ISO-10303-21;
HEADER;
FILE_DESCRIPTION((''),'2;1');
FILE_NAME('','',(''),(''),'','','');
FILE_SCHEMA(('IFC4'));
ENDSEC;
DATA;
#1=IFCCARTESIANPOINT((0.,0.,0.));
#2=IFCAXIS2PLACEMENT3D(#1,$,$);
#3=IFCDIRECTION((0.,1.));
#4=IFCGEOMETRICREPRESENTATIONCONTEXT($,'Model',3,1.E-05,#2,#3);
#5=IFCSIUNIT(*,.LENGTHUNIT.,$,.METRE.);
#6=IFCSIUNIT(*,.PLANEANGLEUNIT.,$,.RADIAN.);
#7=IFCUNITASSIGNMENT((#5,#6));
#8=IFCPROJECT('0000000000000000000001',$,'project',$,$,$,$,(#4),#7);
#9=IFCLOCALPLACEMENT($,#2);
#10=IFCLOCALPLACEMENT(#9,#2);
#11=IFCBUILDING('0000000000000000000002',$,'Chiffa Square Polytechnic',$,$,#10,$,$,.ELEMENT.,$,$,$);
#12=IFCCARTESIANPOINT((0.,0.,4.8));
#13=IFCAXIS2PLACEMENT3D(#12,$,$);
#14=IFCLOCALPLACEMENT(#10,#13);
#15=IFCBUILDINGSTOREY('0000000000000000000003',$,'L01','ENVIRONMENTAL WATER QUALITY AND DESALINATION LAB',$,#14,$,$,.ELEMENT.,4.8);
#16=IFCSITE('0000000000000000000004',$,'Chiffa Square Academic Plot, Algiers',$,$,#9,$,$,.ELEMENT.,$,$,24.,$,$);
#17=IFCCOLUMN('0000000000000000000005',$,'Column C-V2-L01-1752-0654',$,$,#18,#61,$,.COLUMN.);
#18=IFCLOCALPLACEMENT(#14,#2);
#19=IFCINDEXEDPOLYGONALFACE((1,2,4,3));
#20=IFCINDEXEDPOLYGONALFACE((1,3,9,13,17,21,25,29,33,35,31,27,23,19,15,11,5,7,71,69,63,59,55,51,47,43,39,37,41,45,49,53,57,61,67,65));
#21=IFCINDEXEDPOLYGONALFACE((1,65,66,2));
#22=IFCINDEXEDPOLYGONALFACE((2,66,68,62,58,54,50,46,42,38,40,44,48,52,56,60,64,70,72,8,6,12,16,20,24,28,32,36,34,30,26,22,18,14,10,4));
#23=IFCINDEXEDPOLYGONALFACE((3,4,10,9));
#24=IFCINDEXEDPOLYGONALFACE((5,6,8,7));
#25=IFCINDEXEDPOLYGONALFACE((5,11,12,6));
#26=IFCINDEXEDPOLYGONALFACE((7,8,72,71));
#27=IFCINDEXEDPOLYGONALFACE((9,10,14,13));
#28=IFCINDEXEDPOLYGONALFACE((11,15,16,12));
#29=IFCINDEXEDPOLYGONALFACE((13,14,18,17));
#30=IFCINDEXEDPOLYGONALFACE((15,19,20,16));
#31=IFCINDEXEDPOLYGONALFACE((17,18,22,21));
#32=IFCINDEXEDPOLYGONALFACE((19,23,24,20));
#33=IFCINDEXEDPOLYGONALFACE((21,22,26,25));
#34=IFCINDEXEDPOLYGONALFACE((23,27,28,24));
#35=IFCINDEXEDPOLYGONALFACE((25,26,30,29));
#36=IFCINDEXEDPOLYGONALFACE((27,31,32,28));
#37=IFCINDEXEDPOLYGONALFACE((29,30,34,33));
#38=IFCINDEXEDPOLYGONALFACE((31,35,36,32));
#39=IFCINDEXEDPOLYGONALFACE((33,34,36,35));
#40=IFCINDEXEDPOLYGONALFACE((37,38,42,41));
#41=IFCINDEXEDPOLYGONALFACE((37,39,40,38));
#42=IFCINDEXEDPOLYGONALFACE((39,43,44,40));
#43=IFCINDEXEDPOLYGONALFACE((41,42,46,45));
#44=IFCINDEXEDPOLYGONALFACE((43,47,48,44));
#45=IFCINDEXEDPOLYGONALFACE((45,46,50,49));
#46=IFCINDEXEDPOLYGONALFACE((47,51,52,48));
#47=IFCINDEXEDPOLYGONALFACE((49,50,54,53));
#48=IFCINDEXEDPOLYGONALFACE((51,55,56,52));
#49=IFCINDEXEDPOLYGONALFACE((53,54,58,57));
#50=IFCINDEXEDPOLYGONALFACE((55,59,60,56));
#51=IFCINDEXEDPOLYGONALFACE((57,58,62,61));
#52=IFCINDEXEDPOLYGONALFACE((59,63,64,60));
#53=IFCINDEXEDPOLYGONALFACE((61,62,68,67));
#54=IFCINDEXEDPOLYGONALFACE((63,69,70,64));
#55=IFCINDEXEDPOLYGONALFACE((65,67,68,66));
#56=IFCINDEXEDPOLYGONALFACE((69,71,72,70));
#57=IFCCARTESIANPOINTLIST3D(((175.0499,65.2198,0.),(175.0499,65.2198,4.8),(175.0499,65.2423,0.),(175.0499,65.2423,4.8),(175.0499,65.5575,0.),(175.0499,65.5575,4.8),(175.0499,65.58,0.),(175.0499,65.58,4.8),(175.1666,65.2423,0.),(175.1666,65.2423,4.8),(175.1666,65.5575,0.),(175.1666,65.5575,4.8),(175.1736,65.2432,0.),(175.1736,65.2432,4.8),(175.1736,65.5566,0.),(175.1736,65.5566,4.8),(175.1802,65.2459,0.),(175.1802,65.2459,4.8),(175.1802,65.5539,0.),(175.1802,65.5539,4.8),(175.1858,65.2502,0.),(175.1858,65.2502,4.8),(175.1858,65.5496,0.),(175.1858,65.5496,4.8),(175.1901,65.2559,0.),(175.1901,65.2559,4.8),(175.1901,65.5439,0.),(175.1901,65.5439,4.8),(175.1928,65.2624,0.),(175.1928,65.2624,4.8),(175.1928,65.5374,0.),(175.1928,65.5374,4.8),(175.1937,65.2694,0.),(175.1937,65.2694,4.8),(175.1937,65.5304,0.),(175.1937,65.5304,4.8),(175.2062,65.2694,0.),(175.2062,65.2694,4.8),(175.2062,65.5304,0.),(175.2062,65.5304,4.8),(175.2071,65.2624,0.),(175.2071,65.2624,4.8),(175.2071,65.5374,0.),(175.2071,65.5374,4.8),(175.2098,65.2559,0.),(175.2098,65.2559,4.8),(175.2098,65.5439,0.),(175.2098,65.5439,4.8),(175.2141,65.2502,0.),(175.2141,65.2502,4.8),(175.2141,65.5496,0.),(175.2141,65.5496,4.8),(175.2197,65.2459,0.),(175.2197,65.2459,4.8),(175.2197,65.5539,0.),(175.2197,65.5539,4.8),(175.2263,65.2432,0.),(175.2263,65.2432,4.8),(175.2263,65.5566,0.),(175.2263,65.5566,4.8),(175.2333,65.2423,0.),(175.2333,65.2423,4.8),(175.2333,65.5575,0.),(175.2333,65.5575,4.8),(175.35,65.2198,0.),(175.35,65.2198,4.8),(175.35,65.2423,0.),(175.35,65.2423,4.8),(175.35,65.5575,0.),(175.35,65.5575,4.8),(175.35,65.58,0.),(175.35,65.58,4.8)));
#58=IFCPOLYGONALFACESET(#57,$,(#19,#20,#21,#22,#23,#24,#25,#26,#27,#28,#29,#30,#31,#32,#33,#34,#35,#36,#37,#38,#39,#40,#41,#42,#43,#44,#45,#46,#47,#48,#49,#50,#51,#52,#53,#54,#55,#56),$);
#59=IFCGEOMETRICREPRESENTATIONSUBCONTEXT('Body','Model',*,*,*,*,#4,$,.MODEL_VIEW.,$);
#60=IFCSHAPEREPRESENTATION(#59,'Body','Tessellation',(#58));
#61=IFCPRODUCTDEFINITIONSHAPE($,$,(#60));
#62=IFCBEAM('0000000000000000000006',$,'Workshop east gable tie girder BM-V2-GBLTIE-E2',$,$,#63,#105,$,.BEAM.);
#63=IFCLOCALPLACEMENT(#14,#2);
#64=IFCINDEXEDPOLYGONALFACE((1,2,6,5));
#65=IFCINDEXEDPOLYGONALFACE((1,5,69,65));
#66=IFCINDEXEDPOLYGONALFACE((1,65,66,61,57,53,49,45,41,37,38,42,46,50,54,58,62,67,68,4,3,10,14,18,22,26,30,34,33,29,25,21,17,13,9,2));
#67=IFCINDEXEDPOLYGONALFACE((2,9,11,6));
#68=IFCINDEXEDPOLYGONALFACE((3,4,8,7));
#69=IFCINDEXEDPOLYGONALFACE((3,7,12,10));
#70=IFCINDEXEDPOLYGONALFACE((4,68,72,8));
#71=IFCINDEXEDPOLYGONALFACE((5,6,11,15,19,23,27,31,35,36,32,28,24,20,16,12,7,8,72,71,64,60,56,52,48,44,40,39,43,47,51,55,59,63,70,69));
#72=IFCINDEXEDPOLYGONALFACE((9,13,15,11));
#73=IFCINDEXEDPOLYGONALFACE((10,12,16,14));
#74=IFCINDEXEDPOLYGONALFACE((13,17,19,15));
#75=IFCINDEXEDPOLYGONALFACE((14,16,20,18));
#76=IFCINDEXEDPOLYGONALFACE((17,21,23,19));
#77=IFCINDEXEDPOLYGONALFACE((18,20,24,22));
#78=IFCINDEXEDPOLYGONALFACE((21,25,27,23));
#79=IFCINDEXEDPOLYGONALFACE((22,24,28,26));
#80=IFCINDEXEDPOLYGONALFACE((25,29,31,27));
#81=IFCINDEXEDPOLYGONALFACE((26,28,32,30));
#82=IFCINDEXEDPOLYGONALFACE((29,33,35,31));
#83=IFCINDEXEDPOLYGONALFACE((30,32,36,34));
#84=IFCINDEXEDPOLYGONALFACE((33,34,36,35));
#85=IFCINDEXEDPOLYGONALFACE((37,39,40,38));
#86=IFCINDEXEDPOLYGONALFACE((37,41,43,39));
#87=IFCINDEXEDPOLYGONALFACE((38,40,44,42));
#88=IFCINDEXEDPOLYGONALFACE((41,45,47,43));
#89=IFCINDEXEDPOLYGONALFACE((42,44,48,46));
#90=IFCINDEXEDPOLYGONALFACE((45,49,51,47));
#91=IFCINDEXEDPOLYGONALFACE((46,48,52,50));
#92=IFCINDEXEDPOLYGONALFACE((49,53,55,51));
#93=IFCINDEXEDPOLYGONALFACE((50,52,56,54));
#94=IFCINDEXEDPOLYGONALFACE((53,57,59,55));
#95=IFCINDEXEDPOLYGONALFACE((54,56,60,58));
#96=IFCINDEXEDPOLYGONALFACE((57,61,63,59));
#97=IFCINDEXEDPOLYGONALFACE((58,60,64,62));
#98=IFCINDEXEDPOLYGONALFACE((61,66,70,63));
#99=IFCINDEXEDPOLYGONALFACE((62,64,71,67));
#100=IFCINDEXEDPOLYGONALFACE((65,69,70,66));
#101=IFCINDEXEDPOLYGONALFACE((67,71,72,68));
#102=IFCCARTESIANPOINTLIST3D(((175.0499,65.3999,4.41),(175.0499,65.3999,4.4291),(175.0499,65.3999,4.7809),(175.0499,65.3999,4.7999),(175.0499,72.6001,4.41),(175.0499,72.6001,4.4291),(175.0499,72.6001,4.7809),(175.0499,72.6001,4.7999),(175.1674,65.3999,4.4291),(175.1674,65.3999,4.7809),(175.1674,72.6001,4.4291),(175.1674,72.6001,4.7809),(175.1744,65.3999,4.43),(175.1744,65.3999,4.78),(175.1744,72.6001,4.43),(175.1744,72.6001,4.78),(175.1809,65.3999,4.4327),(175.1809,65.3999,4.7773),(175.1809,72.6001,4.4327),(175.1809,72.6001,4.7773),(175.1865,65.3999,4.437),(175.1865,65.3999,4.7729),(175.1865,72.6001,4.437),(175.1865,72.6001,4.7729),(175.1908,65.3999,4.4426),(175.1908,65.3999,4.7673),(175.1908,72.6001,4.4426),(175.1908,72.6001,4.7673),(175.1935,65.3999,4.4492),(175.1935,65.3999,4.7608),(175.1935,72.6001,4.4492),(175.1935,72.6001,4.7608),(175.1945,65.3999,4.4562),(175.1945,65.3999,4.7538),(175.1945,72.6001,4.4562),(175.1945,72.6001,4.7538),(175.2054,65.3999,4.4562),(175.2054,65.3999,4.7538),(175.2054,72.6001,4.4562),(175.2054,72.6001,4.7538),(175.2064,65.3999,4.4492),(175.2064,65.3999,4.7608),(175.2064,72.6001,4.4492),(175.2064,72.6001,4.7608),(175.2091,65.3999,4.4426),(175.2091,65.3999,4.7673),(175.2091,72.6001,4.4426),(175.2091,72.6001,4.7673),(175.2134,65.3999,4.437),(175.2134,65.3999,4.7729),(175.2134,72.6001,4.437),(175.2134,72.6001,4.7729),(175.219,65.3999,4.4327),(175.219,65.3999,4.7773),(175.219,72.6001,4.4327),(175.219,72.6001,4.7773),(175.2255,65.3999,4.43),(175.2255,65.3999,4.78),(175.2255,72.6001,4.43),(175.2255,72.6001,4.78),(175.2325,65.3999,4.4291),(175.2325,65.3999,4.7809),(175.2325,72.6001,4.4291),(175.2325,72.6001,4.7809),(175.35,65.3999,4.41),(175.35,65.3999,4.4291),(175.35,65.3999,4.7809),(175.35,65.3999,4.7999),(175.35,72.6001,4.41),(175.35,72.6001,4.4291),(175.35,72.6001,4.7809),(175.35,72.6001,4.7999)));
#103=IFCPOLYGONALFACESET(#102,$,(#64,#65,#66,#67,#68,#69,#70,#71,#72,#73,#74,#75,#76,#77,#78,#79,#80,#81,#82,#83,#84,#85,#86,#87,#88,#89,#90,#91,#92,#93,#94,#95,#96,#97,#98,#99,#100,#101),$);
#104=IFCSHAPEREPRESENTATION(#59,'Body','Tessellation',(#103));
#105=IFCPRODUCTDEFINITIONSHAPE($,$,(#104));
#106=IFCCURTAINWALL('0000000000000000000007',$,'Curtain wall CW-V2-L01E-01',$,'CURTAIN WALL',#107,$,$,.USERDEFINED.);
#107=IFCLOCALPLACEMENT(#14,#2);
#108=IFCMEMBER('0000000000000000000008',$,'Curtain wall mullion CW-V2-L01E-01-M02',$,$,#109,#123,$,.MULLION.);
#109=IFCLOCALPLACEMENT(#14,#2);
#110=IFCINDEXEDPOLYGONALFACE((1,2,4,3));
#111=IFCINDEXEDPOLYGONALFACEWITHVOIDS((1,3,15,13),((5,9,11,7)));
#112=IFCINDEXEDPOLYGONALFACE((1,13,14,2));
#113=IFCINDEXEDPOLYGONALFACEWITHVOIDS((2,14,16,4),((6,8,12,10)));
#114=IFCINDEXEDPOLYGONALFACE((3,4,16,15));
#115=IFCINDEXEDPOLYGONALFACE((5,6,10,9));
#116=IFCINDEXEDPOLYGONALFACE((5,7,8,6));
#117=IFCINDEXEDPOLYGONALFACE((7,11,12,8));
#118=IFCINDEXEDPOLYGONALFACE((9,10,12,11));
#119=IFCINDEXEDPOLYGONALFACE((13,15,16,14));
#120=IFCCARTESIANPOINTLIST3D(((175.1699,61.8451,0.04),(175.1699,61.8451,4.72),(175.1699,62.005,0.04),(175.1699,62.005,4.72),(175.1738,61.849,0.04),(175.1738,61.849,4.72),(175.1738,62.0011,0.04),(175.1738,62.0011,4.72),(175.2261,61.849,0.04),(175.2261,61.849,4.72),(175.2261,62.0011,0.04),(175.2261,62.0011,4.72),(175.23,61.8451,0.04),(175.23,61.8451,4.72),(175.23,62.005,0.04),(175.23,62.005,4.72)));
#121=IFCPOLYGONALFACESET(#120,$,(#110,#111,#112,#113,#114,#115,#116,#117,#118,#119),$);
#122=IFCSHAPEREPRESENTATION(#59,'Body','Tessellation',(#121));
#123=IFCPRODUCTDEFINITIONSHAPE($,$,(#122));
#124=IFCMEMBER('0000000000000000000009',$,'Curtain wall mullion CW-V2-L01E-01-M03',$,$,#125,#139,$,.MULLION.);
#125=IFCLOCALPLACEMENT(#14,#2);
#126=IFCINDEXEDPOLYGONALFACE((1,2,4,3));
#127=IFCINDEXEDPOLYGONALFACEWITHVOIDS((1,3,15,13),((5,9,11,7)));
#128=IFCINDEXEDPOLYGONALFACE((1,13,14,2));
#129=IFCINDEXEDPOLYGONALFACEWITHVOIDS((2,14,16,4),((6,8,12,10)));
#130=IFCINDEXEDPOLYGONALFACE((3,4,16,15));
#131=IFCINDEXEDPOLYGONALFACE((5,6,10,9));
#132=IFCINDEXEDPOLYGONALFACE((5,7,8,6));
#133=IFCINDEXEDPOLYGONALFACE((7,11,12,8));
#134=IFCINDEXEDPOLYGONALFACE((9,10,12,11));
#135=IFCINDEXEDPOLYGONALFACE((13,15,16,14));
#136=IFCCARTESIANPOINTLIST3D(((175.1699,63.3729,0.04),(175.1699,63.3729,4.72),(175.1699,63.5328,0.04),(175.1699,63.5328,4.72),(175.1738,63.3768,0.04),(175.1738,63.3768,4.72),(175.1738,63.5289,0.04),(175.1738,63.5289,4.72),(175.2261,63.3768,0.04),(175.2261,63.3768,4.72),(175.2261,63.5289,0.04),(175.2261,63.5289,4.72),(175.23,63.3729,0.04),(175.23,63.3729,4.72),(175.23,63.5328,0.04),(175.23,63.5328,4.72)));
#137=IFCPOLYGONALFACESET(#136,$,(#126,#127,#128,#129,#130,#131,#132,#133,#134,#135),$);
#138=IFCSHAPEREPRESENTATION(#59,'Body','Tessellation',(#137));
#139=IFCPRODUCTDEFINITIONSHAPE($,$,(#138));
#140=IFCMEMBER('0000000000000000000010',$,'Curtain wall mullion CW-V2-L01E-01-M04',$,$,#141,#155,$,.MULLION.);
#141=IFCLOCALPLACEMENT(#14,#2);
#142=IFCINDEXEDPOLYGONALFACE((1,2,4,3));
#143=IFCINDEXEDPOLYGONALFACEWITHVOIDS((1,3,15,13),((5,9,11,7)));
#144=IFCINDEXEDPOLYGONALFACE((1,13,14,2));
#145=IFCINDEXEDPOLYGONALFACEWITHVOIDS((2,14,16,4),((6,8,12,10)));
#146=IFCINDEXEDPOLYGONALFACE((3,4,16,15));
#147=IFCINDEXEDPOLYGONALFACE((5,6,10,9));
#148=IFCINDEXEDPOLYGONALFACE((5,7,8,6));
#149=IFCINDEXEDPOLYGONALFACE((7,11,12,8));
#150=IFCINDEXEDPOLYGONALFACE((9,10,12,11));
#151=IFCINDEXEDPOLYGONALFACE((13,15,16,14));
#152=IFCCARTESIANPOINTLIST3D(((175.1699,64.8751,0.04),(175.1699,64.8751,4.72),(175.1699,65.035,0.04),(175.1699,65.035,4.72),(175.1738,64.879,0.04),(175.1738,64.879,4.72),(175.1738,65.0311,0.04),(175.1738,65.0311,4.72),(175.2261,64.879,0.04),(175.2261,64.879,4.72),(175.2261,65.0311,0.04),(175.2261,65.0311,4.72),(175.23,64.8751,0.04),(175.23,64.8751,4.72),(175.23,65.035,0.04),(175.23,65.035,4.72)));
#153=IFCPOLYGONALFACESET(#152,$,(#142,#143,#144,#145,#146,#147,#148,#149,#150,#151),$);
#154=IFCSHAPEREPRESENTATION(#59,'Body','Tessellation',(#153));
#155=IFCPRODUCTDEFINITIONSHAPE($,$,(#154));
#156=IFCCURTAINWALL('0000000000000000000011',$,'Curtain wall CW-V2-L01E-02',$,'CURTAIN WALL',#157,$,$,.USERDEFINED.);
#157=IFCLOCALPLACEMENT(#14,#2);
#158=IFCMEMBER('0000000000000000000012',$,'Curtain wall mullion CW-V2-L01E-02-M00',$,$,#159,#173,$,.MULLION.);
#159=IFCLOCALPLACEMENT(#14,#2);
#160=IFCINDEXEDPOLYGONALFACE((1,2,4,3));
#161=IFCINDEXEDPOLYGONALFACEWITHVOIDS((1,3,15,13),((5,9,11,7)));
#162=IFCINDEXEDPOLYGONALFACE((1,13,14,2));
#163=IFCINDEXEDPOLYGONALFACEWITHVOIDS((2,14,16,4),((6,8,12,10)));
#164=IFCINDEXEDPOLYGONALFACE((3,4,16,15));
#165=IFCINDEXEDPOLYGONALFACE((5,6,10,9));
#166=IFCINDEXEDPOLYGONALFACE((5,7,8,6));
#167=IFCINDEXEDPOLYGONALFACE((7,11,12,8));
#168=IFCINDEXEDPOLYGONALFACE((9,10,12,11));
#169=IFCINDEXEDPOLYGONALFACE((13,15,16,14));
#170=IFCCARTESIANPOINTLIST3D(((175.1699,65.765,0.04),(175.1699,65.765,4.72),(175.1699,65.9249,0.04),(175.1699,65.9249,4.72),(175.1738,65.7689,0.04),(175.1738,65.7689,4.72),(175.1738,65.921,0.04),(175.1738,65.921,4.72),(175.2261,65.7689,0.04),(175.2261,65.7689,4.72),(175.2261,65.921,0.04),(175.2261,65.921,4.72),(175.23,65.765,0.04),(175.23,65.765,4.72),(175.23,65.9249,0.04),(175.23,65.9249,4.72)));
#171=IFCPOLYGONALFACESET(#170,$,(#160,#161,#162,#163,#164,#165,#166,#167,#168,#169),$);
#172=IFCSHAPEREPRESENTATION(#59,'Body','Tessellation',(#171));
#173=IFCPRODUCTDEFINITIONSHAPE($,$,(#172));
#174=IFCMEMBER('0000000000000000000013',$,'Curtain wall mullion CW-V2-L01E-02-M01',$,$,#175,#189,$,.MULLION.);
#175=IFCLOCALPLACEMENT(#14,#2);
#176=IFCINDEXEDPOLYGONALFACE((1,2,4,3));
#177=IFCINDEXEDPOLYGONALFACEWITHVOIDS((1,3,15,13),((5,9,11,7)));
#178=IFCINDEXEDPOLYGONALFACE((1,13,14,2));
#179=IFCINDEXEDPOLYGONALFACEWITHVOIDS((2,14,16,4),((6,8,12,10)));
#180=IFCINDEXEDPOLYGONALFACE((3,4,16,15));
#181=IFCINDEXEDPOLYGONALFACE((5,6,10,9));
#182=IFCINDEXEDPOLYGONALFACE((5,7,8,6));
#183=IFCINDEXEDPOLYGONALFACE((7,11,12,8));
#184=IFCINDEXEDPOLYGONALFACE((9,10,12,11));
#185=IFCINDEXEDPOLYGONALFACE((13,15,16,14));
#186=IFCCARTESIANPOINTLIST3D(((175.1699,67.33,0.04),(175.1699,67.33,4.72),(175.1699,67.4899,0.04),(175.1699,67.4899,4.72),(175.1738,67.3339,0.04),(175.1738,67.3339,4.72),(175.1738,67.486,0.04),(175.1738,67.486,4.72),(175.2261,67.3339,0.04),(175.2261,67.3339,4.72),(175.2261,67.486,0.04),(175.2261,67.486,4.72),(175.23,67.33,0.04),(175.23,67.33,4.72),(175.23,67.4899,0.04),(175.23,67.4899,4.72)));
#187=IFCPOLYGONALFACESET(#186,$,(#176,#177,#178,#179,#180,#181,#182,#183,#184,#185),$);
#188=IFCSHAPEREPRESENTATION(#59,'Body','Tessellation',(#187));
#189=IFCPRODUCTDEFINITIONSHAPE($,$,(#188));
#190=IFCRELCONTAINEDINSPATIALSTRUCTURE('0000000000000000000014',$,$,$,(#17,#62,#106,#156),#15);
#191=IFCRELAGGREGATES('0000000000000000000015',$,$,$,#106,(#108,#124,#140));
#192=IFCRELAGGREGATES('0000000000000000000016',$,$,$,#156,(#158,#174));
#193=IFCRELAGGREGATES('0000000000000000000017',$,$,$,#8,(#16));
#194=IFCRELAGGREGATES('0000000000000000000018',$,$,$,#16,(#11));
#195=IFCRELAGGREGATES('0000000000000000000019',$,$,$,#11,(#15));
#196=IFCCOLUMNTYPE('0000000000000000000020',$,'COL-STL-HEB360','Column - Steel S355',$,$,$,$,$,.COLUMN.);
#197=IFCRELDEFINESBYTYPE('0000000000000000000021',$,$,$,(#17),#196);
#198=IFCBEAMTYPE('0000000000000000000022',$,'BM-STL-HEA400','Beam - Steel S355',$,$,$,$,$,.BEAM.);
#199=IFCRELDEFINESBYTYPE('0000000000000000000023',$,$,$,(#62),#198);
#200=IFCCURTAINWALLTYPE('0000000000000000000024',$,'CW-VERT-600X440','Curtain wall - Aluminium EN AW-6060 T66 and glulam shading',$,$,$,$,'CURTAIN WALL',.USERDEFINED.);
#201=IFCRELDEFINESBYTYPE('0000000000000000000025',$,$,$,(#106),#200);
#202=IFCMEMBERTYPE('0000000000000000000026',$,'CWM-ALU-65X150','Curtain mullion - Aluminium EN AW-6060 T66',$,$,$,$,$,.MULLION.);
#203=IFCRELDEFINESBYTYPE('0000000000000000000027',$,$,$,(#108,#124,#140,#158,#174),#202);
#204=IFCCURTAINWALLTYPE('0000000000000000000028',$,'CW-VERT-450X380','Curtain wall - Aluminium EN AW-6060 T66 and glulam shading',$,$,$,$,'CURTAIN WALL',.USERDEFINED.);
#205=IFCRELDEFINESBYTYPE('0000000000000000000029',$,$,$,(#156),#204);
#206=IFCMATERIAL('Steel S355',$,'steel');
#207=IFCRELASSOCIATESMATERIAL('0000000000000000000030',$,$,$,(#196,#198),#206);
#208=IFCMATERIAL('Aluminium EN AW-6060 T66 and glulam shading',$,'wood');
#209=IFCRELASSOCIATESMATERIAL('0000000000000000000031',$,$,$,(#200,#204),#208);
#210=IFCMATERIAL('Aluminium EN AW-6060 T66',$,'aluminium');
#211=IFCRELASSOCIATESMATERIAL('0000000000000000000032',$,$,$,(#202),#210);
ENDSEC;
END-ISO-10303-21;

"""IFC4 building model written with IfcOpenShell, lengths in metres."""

from ifc_helpers import new_model, si_unit, direction, frame, origin, origin_2d, place, context, subcontext, project, spatial, hollow_rectangle, i_section, extrude, material, material_profile, profile_set, type_object, element, aggregate, save


model = new_model("IFC4")

# Units and contexts
model_context = context("Model", 3, precision=1e-05, world=origin(), true_north=direction((0.0, 1.0)))
body_context = subcontext(model_context, "Body", "Model", "MODEL_VIEW")
ifc_project = project(units=[si_unit("LENGTHUNIT", "METRE"), si_unit("PLANEANGLEUNIT", "RADIAN")], contexts=[model_context])

# Site, building, storey
site_placement = place(None, origin())
site = spatial("IfcSite", under=ifc_project, at=site_placement, Name="Chiffa Square Academic Plot, Algiers", CompositionType="ELEMENT", RefElevation=24.0)
building_placement = place(site_placement, origin())
building = spatial("IfcBuilding", under=site, at=building_placement, Name="Chiffa Square Polytechnic", CompositionType="ELEMENT")
storey_placement = place(building_placement, frame((0.0, 0.0, 4.8)))
storey = spatial("IfcBuildingStorey", under=building, at=storey_placement, Name="L01", Description="ENVIRONMENTAL WATER QUALITY AND DESALINATION LAB", CompositionType="ELEMENT", Elevation=4.8)

# Column
ifc_material_1 = material(Name="Steel S355", Category="steel")
ifc_material_profile_1 = material_profile(ifc_material_1, i_section(OverallWidth=0.3, OverallDepth=0.3601, WebThickness=0.0125, FlangeThickness=0.0225, FilletRadius=0.0271, at=origin_2d()), Name="HEB 360")
ifc_profile_set_1 = profile_set([ifc_material_profile_1], Name="Steel S355")
column_type = type_object("IfcColumnType", Name="COL-STL-HEB360", Description="Column - Steel S355", PredefinedType="COLUMN", material=ifc_profile_set_1)
column_placement = place(storey_placement, frame((175.2, 65.3999, 0.0), z_axis=(0.0, 0.0, 1.0), x_axis=(1.0, 0.0, 0.0)))
element("IfcColumn", 1, at=column_placement, inside=storey, type_object=column_type, Name="Column C-V2-L01-1752-0654", PredefinedType="COLUMN", context=body_context, shape_type="SweptSolid", body=[
    extrude(i_section(OverallWidth=0.3, OverallDepth=0.3601, WebThickness=0.0125, FlangeThickness=0.0225, FilletRadius=0.0271, at=origin_2d()), origin(), (0.0, 0.0, 1.0), 4.8),
])

# Beam
ifc_material_profile_2 = material_profile(ifc_material_1, i_section(OverallWidth=0.3, OverallDepth=0.3899, WebThickness=0.011, FlangeThickness=0.019, FilletRadius=0.0271, at=origin_2d()), Name="HEA 400")
ifc_profile_set_2 = profile_set([ifc_material_profile_2], Name="Steel S355")
beam_type = type_object("IfcBeamType", Name="BM-STL-HEA400", Description="Beam - Steel S355", PredefinedType="BEAM", material=ifc_profile_set_2)
beam_placement = place(storey_placement, frame((175.2, 65.3999, 4.605), z_axis=(0.0, 1.0, 0.0), x_axis=(-1.0, 0.0, 0.0)))
element("IfcBeam", 2, at=beam_placement, inside=storey, type_object=beam_type, Name="Workshop east gable tie girder BM-V2-GBLTIE-E2", PredefinedType="BEAM", context=body_context, shape_type="SweptSolid", body=[
    extrude(i_section(OverallWidth=0.3, OverallDepth=0.3899, WebThickness=0.011, FlangeThickness=0.019, FilletRadius=0.0271, at=origin_2d()), origin(), (0.0, 0.0, 1.0), 7.2002),
])

# Curtain walls, members
ifc_material_2 = material(Name="Aluminium EN AW-6060 T66 and glulam shading", Category="wood")
curtain_wall_type_1 = type_object("IfcCurtainWallType", Name="CW-VERT-600X440", Description="Curtain wall - Aluminium EN AW-6060 T66 and glulam shading", ElementType="CURTAIN WALL", PredefinedType="USERDEFINED", material=ifc_material_2)
curtain_wall_1_placement = place(storey_placement, origin())
curtain_wall_1 = element("IfcCurtainWall", 3, at=curtain_wall_1_placement, inside=storey, type_object=curtain_wall_type_1, Name="Curtain wall CW-V2-L01E-01", ObjectType="CURTAIN WALL", PredefinedType="USERDEFINED")
ifc_material_3 = material(Name="Aluminium EN AW-6060 T66", Category="aluminium")
ifc_material_profile_3 = material_profile(ifc_material_3, hollow_rectangle(XDim=0.0601, YDim=0.1599, WallThickness=0.0039, at=origin_2d()), Name="ALU 60x160x4")
ifc_profile_set_3 = profile_set([ifc_material_profile_3], Name="Aluminium EN AW-6060 T66")
member_type_1 = type_object("IfcMemberType", Name="CWM-ALU-65X150", Description="Curtain mullion - Aluminium EN AW-6060 T66", PredefinedType="MULLION", material=ifc_profile_set_3)
member_1_placement = place(storey_placement, frame((175.2, 61.925, 0.04), z_axis=(0.0, 0.0, 1.0), x_axis=(1.0, 0.0, 0.0)))
member_1 = element("IfcMember", 4, at=member_1_placement, type_object=member_type_1, Name="Curtain wall mullion CW-V2-L01E-01-M02", PredefinedType="MULLION", context=body_context, shape_type="SweptSolid", body=[
    extrude(hollow_rectangle(XDim=0.0601, YDim=0.1599, WallThickness=0.0039, at=origin_2d()), origin(), (0.0, 0.0, 1.0), 4.6799),
])
member_2_placement = place(storey_placement, frame((175.2, 63.4529, 0.04), z_axis=(0.0, 0.0, 1.0), x_axis=(1.0, 0.0, 0.0)))
member_2 = element("IfcMember", 5, at=member_2_placement, type_object=member_type_1, Name="Curtain wall mullion CW-V2-L01E-01-M03", PredefinedType="MULLION", context=body_context, shape_type="SweptSolid", body=[
    extrude(hollow_rectangle(XDim=0.0601, YDim=0.1599, WallThickness=0.0039, at=origin_2d()), origin(), (0.0, 0.0, 1.0), 4.6799),
])
member_3_placement = place(storey_placement, frame((175.2, 64.9551, 0.04), z_axis=(0.0, 0.0, 1.0), x_axis=(1.0, 0.0, 0.0)))
member_3 = element("IfcMember", 6, at=member_3_placement, type_object=member_type_1, Name="Curtain wall mullion CW-V2-L01E-01-M04", PredefinedType="MULLION", context=body_context, shape_type="SweptSolid", body=[
    extrude(hollow_rectangle(XDim=0.0601, YDim=0.1599, WallThickness=0.0039, at=origin_2d()), origin(), (0.0, 0.0, 1.0), 4.6799),
])
curtain_wall_type_2 = type_object("IfcCurtainWallType", Name="CW-VERT-450X380", Description="Curtain wall - Aluminium EN AW-6060 T66 and glulam shading", ElementType="CURTAIN WALL", PredefinedType="USERDEFINED", material=ifc_material_2)
curtain_wall_2_placement = place(storey_placement, origin())
curtain_wall_2 = element("IfcCurtainWall", 7, at=curtain_wall_2_placement, inside=storey, type_object=curtain_wall_type_2, Name="Curtain wall CW-V2-L01E-02", ObjectType="CURTAIN WALL", PredefinedType="USERDEFINED")
member_4_placement = place(storey_placement, frame((175.2, 65.845, 0.04), z_axis=(0.0, 0.0, 1.0), x_axis=(1.0, 0.0, 0.0)))
member_4 = element("IfcMember", 8, at=member_4_placement, type_object=member_type_1, Name="Curtain wall mullion CW-V2-L01E-02-M00", PredefinedType="MULLION", context=body_context, shape_type="SweptSolid", body=[
    extrude(hollow_rectangle(XDim=0.0601, YDim=0.1599, WallThickness=0.0039, at=origin_2d()), origin(), (0.0, 0.0, 1.0), 4.6799),
])
member_5_placement = place(storey_placement, frame((175.2, 67.4099, 0.04), z_axis=(0.0, 0.0, 1.0), x_axis=(1.0, 0.0, 0.0)))
member_5 = element("IfcMember", 9, at=member_5_placement, type_object=member_type_1, Name="Curtain wall mullion CW-V2-L01E-02-M01", PredefinedType="MULLION", context=body_context, shape_type="SweptSolid", body=[
    extrude(hollow_rectangle(XDim=0.0601, YDim=0.1599, WallThickness=0.0039, at=origin_2d()), origin(), (0.0, 0.0, 1.0), 4.6799),
])

aggregate(curtain_wall_1, [member_1, member_2, member_3])
aggregate(curtain_wall_2, [member_4, member_5])

save(model, "model.ifc")
